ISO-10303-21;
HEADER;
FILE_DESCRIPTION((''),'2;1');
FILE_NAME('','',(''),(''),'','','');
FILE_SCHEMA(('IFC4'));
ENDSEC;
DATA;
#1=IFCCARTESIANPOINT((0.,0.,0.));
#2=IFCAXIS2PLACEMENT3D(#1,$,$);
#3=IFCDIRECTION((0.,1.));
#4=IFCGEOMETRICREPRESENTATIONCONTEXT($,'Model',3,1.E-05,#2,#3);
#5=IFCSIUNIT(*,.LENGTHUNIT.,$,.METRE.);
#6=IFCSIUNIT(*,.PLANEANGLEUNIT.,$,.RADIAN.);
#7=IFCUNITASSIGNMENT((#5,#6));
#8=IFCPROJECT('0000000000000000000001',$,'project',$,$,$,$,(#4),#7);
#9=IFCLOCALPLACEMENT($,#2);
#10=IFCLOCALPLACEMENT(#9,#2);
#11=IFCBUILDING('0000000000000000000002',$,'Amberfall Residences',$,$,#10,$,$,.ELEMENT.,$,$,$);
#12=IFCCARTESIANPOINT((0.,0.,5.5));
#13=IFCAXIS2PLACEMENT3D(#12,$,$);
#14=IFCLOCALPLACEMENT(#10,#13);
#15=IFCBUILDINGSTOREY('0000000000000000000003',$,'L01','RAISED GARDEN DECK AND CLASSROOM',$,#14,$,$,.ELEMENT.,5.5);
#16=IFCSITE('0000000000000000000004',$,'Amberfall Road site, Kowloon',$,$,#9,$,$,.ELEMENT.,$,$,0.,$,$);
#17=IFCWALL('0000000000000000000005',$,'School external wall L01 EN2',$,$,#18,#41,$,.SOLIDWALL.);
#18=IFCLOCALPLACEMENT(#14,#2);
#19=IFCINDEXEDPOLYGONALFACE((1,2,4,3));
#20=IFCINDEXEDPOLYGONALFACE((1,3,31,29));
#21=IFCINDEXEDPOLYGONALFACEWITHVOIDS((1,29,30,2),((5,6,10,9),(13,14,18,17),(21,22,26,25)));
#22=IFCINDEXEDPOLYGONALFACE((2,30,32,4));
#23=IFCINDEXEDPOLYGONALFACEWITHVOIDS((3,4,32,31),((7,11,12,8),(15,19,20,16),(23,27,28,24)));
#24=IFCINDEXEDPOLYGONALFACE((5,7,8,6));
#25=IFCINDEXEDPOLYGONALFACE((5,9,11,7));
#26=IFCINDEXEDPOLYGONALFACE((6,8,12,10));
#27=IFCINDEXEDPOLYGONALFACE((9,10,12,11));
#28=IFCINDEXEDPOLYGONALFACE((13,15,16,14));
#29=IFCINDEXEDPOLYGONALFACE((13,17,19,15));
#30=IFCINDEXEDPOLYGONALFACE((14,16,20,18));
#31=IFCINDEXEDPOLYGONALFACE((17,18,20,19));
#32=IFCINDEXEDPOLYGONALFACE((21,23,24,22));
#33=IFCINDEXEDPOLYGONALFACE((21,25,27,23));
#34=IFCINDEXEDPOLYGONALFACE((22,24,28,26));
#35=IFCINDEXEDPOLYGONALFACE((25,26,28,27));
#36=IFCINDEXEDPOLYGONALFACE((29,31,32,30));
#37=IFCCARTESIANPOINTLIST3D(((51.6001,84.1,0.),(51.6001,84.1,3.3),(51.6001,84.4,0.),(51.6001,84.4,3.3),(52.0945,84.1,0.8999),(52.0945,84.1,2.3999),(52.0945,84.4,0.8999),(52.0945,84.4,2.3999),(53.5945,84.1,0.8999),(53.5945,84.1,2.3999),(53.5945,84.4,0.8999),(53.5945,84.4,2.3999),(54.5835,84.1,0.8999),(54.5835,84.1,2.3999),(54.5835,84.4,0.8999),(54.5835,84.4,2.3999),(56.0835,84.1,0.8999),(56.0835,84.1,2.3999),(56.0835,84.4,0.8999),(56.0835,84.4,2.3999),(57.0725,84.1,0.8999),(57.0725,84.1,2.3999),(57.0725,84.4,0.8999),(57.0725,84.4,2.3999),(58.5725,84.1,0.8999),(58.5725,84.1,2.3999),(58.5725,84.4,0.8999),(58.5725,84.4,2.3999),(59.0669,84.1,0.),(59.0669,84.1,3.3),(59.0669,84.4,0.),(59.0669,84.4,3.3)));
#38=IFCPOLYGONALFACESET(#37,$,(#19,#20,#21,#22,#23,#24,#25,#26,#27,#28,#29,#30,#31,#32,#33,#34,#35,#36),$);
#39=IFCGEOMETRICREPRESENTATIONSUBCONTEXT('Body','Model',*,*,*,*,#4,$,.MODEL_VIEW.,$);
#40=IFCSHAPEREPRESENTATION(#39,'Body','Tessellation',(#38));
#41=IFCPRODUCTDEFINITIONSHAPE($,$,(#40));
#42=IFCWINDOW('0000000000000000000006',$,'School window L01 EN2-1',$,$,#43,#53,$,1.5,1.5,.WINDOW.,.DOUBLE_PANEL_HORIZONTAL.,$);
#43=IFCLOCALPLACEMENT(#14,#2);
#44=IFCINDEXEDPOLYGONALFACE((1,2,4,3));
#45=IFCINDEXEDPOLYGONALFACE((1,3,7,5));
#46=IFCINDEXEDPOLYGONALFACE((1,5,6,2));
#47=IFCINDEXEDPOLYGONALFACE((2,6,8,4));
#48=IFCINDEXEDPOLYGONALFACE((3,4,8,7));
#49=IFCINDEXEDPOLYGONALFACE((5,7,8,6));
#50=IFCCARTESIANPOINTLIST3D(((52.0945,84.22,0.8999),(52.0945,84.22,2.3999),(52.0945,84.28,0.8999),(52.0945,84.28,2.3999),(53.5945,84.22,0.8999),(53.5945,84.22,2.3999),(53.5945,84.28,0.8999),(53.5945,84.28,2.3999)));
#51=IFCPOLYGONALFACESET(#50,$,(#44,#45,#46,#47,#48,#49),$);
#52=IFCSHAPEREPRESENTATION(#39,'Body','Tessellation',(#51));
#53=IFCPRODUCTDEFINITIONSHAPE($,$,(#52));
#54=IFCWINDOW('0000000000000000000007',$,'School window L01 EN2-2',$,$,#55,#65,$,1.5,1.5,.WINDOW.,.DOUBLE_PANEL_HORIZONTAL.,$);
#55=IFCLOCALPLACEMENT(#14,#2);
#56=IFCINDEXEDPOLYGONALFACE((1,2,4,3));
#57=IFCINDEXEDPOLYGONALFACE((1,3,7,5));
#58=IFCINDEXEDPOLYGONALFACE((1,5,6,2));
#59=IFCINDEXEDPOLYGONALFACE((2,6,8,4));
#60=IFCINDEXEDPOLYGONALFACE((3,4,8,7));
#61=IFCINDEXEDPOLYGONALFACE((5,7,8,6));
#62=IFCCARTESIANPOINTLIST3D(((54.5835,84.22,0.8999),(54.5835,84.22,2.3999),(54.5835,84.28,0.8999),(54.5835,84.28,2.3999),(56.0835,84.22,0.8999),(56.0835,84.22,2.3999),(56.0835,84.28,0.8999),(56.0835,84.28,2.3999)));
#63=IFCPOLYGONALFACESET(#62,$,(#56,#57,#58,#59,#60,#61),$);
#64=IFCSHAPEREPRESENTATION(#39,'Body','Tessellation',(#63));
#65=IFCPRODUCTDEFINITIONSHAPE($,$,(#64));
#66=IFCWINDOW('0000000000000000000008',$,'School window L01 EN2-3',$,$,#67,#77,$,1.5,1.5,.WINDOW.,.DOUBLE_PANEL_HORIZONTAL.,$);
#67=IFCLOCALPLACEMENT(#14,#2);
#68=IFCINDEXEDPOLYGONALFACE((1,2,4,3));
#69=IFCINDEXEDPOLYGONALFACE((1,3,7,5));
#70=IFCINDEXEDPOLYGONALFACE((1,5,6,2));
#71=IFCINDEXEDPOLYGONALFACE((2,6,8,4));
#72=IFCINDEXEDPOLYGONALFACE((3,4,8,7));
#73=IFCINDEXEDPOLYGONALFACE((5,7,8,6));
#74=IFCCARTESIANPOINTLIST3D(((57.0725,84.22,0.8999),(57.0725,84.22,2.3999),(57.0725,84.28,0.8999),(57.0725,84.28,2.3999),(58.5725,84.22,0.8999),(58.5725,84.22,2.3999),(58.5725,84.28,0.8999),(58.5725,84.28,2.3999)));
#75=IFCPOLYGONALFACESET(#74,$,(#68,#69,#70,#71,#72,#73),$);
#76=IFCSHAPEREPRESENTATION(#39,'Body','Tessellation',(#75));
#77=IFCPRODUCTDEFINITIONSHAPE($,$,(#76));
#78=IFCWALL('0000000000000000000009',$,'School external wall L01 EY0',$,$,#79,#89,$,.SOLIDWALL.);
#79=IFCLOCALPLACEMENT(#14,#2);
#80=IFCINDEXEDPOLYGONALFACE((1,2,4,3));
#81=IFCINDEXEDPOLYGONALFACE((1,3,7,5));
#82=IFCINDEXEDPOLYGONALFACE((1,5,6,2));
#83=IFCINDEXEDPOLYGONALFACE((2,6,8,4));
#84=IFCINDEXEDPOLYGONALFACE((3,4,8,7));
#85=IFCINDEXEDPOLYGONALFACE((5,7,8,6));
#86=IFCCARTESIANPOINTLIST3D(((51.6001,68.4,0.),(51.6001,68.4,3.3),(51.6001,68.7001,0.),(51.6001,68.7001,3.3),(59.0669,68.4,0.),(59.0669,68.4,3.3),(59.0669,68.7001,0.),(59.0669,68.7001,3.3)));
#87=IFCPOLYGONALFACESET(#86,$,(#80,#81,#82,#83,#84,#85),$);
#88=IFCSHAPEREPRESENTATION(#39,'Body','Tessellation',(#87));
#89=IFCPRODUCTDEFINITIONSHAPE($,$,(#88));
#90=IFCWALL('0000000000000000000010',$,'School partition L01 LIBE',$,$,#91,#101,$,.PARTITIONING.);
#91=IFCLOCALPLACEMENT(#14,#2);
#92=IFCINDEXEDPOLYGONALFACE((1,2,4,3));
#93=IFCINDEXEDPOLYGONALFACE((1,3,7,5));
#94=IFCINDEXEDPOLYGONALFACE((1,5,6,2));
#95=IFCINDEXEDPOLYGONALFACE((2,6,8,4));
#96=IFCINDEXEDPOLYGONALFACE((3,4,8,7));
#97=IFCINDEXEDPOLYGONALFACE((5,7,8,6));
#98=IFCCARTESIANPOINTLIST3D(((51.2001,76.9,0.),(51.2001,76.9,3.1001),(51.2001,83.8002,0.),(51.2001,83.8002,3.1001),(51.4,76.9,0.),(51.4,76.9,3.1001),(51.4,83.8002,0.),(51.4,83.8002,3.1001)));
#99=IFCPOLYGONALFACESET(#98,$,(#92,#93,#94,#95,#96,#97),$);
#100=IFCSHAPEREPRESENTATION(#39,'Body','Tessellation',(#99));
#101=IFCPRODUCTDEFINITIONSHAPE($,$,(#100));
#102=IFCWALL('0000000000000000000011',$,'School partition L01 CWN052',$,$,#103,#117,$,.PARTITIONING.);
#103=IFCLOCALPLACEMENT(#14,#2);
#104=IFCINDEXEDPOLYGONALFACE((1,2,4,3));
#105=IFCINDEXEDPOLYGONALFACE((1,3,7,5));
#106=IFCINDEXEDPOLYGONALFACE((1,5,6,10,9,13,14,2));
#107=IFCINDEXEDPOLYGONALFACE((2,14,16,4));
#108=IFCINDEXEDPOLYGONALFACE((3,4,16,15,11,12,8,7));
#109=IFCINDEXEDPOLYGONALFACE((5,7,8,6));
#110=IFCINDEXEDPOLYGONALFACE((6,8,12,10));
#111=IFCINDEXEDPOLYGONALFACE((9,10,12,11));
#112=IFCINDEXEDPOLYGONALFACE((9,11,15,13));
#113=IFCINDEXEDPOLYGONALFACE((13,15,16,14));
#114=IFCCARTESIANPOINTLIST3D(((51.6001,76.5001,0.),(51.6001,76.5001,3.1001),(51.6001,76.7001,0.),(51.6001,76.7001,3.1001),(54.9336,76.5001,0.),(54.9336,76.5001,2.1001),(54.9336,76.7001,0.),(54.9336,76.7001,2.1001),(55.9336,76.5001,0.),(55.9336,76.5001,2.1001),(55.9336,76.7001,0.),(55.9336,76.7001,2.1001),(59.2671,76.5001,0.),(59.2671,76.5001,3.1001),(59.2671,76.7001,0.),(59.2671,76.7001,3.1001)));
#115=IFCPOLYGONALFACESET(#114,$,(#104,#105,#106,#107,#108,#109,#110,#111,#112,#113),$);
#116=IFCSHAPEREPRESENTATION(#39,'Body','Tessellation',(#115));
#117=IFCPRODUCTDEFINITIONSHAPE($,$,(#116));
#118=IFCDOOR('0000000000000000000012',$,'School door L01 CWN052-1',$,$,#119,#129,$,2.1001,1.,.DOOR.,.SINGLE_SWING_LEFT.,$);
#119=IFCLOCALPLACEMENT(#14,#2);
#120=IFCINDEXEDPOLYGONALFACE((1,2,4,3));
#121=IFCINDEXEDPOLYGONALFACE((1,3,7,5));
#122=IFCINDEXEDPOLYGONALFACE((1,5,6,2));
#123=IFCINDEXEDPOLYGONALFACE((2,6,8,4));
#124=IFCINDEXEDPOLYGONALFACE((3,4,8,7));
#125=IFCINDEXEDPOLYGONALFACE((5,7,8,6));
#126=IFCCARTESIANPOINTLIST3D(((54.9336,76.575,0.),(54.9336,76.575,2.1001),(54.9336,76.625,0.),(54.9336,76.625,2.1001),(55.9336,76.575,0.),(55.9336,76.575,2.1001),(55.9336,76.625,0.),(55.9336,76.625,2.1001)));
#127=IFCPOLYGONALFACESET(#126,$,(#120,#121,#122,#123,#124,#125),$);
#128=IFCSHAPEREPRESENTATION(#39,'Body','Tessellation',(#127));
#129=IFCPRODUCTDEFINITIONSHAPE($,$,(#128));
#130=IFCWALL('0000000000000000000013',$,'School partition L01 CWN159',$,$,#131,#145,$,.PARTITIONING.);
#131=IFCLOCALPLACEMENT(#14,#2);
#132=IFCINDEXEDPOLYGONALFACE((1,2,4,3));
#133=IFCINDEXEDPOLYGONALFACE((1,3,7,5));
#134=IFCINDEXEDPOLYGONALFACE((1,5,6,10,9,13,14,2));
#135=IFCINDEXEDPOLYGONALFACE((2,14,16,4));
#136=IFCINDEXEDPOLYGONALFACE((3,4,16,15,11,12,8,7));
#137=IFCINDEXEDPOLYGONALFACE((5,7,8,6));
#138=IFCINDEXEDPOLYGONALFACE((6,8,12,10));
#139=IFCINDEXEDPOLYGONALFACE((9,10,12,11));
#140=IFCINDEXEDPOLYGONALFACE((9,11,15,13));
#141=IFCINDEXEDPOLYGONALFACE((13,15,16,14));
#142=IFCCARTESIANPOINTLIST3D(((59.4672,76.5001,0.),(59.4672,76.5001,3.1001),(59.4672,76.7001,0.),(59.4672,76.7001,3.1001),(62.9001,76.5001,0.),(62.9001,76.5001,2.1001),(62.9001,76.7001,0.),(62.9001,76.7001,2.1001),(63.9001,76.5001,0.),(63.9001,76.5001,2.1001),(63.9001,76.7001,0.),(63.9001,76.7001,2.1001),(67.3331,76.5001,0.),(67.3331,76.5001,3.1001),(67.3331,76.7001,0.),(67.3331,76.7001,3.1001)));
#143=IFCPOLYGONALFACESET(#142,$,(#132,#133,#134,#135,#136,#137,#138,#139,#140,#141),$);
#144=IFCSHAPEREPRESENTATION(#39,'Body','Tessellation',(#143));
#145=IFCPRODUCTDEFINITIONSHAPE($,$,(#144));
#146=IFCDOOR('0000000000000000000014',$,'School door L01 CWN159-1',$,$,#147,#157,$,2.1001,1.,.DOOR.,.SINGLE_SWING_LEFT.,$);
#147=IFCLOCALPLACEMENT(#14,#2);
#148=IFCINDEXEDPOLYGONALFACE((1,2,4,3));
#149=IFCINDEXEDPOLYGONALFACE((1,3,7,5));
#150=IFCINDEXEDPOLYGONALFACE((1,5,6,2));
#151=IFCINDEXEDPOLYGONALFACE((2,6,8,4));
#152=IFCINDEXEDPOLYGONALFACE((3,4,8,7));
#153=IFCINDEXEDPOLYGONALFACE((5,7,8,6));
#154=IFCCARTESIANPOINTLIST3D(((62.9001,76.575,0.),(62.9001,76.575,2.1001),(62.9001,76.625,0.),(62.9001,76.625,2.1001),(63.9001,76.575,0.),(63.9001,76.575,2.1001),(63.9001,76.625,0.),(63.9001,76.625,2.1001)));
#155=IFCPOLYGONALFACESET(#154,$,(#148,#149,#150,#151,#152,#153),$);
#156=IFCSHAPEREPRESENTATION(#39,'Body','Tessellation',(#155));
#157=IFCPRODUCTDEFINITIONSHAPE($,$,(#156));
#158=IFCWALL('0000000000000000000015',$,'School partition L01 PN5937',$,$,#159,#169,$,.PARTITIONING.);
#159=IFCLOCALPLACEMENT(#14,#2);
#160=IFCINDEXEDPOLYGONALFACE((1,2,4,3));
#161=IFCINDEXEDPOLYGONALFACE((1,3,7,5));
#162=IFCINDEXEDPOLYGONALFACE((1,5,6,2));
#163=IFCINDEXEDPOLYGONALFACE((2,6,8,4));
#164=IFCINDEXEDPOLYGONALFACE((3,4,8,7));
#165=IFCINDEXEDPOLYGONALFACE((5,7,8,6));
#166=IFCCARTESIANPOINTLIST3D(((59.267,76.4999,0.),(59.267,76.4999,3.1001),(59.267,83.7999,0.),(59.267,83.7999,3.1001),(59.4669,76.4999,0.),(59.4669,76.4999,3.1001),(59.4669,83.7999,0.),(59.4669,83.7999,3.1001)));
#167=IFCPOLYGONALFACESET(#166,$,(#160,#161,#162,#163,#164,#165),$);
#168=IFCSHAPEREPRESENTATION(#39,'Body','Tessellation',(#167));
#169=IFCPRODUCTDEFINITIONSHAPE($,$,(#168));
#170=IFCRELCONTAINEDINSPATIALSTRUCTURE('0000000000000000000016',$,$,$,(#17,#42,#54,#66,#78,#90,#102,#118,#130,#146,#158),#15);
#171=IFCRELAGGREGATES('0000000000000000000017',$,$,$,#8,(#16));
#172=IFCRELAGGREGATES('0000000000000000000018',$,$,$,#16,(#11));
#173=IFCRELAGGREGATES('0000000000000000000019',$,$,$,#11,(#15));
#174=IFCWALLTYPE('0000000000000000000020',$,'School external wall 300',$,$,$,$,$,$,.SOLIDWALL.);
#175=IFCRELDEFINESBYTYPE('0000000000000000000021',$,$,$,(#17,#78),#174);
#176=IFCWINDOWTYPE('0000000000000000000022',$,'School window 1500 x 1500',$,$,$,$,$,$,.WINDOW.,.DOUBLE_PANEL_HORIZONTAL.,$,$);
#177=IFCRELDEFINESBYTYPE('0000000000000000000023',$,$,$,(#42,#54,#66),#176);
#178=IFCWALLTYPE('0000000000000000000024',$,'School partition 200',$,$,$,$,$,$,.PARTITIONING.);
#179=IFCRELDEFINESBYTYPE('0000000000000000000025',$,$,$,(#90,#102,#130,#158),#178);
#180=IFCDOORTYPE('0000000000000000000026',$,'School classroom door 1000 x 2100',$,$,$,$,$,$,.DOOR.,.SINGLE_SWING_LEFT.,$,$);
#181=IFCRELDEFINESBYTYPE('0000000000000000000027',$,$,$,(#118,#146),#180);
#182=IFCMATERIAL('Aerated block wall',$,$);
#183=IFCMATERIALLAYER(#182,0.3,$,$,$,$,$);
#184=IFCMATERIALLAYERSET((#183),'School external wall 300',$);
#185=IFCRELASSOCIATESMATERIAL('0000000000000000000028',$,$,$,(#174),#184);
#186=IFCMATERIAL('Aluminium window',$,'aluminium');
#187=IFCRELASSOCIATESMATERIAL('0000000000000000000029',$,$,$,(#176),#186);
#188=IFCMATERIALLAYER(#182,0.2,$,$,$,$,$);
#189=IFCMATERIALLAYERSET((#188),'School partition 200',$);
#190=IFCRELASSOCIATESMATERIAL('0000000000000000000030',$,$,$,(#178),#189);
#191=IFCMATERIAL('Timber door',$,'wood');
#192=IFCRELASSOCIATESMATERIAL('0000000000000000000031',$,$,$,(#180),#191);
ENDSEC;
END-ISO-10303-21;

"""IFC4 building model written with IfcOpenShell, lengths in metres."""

from ifc_helpers import new_model, si_unit, direction, frame, frame_2d, origin, place, context, subcontext, project, spatial, rectangle, extrude, material, layer, layer_set, type_object, element, fill, save


model = new_model("IFC4")

# Units and contexts
model_context = context("Model", 3, precision=1e-05, world=origin(), true_north=direction((0.0, 1.0)))
body_context = subcontext(model_context, "Body", "Model", "MODEL_VIEW")
ifc_project = project(units=[si_unit("LENGTHUNIT", "METRE"), si_unit("PLANEANGLEUNIT", "RADIAN")], contexts=[model_context])

# Site, building, storey
site_placement = place(None, origin())
site = spatial("IfcSite", under=ifc_project, at=site_placement, Name="Amberfall Road site, Kowloon", CompositionType="ELEMENT", RefElevation=0.0)
building_placement = place(site_placement, origin())
building = spatial("IfcBuilding", under=site, at=building_placement, Name="Amberfall Residences", CompositionType="ELEMENT")
storey_placement = place(building_placement, frame((0.0, 0.0, 5.5)))
storey = spatial("IfcBuildingStorey", under=building, at=storey_placement, Name="L01", Description="RAISED GARDEN DECK AND CLASSROOM", CompositionType="ELEMENT", Elevation=5.5)

# Wall, openings, windows
ifc_material_1 = material(Name="Aerated block wall")
ifc_layer_1 = layer(ifc_material_1, 0.3)
ifc_layer_set_1 = layer_set([ifc_layer_1], Name="School external wall 300")
wall_type_1 = type_object("IfcWallType", Name="School external wall 300", PredefinedType="SOLIDWALL", material=ifc_layer_set_1)
wall_1_placement = place(storey_placement, frame((51.6001, 84.25, 0.0), z_axis=(0.0, 0.0, 1.0), x_axis=(1.0, 0.0, 0.0)))
wall_1 = element("IfcWall", 1, at=wall_1_placement, inside=storey, type_object=wall_type_1, Name="School external wall L01 EN2", PredefinedType="SOLIDWALL", context=body_context, shape_type="SweptSolid", body=[
    extrude(rectangle(XDim=7.4668, YDim=0.3, at=frame_2d((3.7334, 0.0))), origin(), (0.0, 0.0, 1.0), 3.3),
])
opening_1_placement = place(wall_1_placement, frame((0.4944, 0.0, 0.8999)))
opening_1 = element("IfcOpeningElement", 2, at=opening_1_placement, cuts=wall_1, PredefinedType="OPENING", context=body_context, shape_type="SweptSolid", body=[
    extrude(rectangle(XDim=1.5, YDim=1.5, at=frame_2d((0.75, 0.75))), frame((0.0, 0.1599, 0.0), z_axis=(0.0, -1.0, 0.0), x_axis=(1.0, 0.0, 0.0)), (0.0, 0.0, 1.0), 0.3201),
])
opening_2_placement = place(wall_1_placement, frame((2.9834, 0.0, 0.8999)))
opening_2 = element("IfcOpeningElement", 3, at=opening_2_placement, cuts=wall_1, PredefinedType="OPENING", context=body_context, shape_type="SweptSolid", body=[
    extrude(rectangle(XDim=1.5, YDim=1.5, at=frame_2d((0.75, 0.75))), frame((0.0, 0.1599, 0.0), z_axis=(0.0, -1.0, 0.0), x_axis=(1.0, 0.0, 0.0)), (0.0, 0.0, 1.0), 0.3201),
])
opening_3_placement = place(wall_1_placement, frame((5.4724, 0.0, 0.8999)))
opening_3 = element("IfcOpeningElement", 4, at=opening_3_placement, cuts=wall_1, PredefinedType="OPENING", context=body_context, shape_type="SweptSolid", body=[
    extrude(rectangle(XDim=1.5, YDim=1.5, at=frame_2d((0.75, 0.75))), frame((0.0, 0.1599, 0.0), z_axis=(0.0, -1.0, 0.0), x_axis=(1.0, 0.0, 0.0)), (0.0, 0.0, 1.0), 0.3201),
])
ifc_material_2 = material(Name="Aluminium window", Category="aluminium")
window_type = type_object("IfcWindowType", Name="School window 1500 x 1500", PartitioningType="DOUBLE_PANEL_HORIZONTAL", PredefinedType="WINDOW", material=ifc_material_2)
window_1_placement = place(opening_1_placement, origin())
window_1 = element("IfcWindow", 5, at=window_1_placement, inside=storey, type_object=window_type, Name="School window L01 EN2-1", OverallHeight=1.5, OverallWidth=1.5, PartitioningType="DOUBLE_PANEL_HORIZONTAL", PredefinedType="WINDOW", context=body_context, shape_type="SweptSolid", body=[
    extrude(rectangle(XDim=1.5, YDim=1.5, at=frame_2d((0.75, 0.75))), frame((0.0, 0.03, 0.0), z_axis=(0.0, -1.0, 0.0), x_axis=(1.0, 0.0, 0.0)), (0.0, 0.0, 1.0), 0.0601),
])
fill(opening_1, window_1)
window_2_placement = place(opening_2_placement, origin())
window_2 = element("IfcWindow", 6, at=window_2_placement, inside=storey, type_object=window_type, Name="School window L01 EN2-2", OverallHeight=1.5, OverallWidth=1.5, PartitioningType="DOUBLE_PANEL_HORIZONTAL", PredefinedType="WINDOW", context=body_context, shape_type="SweptSolid", body=[
    extrude(rectangle(XDim=1.5, YDim=1.5, at=frame_2d((0.75, 0.75))), frame((0.0, 0.03, 0.0), z_axis=(0.0, -1.0, 0.0), x_axis=(1.0, 0.0, 0.0)), (0.0, 0.0, 1.0), 0.0601),
])
fill(opening_2, window_2)
window_3_placement = place(opening_3_placement, origin())
window_3 = element("IfcWindow", 7, at=window_3_placement, inside=storey, type_object=window_type, Name="School window L01 EN2-3", OverallHeight=1.5, OverallWidth=1.5, PartitioningType="DOUBLE_PANEL_HORIZONTAL", PredefinedType="WINDOW", context=body_context, shape_type="SweptSolid", body=[
    extrude(rectangle(XDim=1.5, YDim=1.5, at=frame_2d((0.75, 0.75))), frame((0.0, 0.03, 0.0), z_axis=(0.0, -1.0, 0.0), x_axis=(1.0, 0.0, 0.0)), (0.0, 0.0, 1.0), 0.0601),
])
fill(opening_3, window_3)

# Walls
wall_2_placement = place(storey_placement, frame((51.6001, 68.55, 0.0), z_axis=(0.0, 0.0, 1.0), x_axis=(1.0, 0.0, 0.0)))
element("IfcWall", 8, at=wall_2_placement, inside=storey, type_object=wall_type_1, Name="School external wall L01 EY0", PredefinedType="SOLIDWALL", context=body_context, shape_type="SweptSolid", body=[
    extrude(rectangle(XDim=7.4668, YDim=0.3, at=frame_2d((3.7334, 0.0))), origin(), (0.0, 0.0, 1.0), 3.3),
])
ifc_layer_2 = layer(ifc_material_1, 0.2)
ifc_layer_set_2 = layer_set([ifc_layer_2], Name="School partition 200")
wall_type_2 = type_object("IfcWallType", Name="School partition 200", PredefinedType="PARTITIONING", material=ifc_layer_set_2)
wall_3_placement = place(storey_placement, frame((51.3, 76.8999, 0.0), z_axis=(0.0, 0.0, 1.0), x_axis=(0.0, 1.0, 0.0)))
element("IfcWall", 9, at=wall_3_placement, inside=storey, type_object=wall_type_2, Name="School partition L01 LIBE", PredefinedType="PARTITIONING", context=body_context, shape_type="SweptSolid", body=[
    extrude(rectangle(XDim=6.9001, YDim=0.2, at=frame_2d((3.4502, 0.0))), origin(), (0.0, 0.0, 1.0), 3.1001),
])

# Walls, openings, doors
wall_4_placement = place(storey_placement, frame((51.6001, 76.6001, 0.0), z_axis=(0.0, 0.0, 1.0), x_axis=(1.0, 0.0, 0.0)))
wall_4 = element("IfcWall", 10, at=wall_4_placement, inside=storey, type_object=wall_type_2, Name="School partition L01 CWN052", PredefinedType="PARTITIONING", context=body_context, shape_type="SweptSolid", body=[
    extrude(rectangle(XDim=7.667, YDim=0.2, at=frame_2d((3.8335, 0.0))), origin(), (0.0, 0.0, 1.0), 3.1001),
])
opening_4_placement = place(wall_4_placement, frame((3.3335, 0.0, 0.0)))
opening_4 = element("IfcOpeningElement", 11, at=opening_4_placement, cuts=wall_4, PredefinedType="OPENING", context=body_context, shape_type="SweptSolid", body=[
    extrude(rectangle(XDim=1.0, YDim=2.1001, at=frame_2d((0.5, 1.05))), frame((0.0, 0.1099, 0.0), z_axis=(0.0, -1.0, 0.0), x_axis=(1.0, 0.0, 0.0)), (0.0, 0.0, 1.0), 0.22),
])
ifc_material_3 = material(Name="Timber door", Category="wood")
door_type_1 = type_object("IfcDoorType", Name="School classroom door 1000 x 2100", OperationType="SINGLE_SWING_LEFT", PredefinedType="DOOR", material=ifc_material_3)
door_1_placement = place(opening_4_placement, origin())
door_1 = element("IfcDoor", 12, at=door_1_placement, inside=storey, type_object=door_type_1, Name="School door L01 CWN052-1", OperationType="SINGLE_SWING_LEFT", OverallHeight=2.1001, OverallWidth=1.0, PredefinedType="DOOR", context=body_context, shape_type="SweptSolid", body=[
    extrude(rectangle(XDim=1.0, YDim=2.1001, at=frame_2d((0.5, 1.05))), frame((0.0, 0.0249, 0.0), z_axis=(0.0, -1.0, 0.0), x_axis=(1.0, 0.0, 0.0)), (0.0, 0.0, 1.0), 0.05),
])
fill(opening_4, door_1)
wall_5_placement = place(storey_placement, frame((59.467, 76.6001, 0.0), z_axis=(0.0, 0.0, 1.0), x_axis=(1.0, 0.0, 0.0)))
wall_5 = element("IfcWall", 13, at=wall_5_placement, inside=storey, type_object=wall_type_2, Name="School partition L01 CWN159", PredefinedType="PARTITIONING", context=body_context, shape_type="SweptSolid", body=[
    extrude(rectangle(XDim=7.866, YDim=0.2, at=frame_2d((3.9331, 0.0))), origin(), (0.0, 0.0, 1.0), 3.1001),
])
opening_5_placement = place(wall_5_placement, frame((3.4331, 0.0, 0.0)))
opening_5 = element("IfcOpeningElement", 14, at=opening_5_placement, cuts=wall_5, PredefinedType="OPENING", context=body_context, shape_type="SweptSolid", body=[
    extrude(rectangle(XDim=1.0, YDim=2.1001, at=frame_2d((0.5, 1.05))), frame((0.0, 0.1099, 0.0), z_axis=(0.0, -1.0, 0.0), x_axis=(1.0, 0.0, 0.0)), (0.0, 0.0, 1.0), 0.22),
])
door_2_placement = place(opening_5_placement, origin())
door_2 = element("IfcDoor", 15, at=door_2_placement, inside=storey, type_object=door_type_1, Name="School door L01 CWN159-1", OperationType="SINGLE_SWING_LEFT", OverallHeight=2.1001, OverallWidth=1.0, PredefinedType="DOOR", context=body_context, shape_type="SweptSolid", body=[
    extrude(rectangle(XDim=1.0, YDim=2.1001, at=frame_2d((0.5, 1.05))), frame((0.0, 0.0249, 0.0), z_axis=(0.0, -1.0, 0.0), x_axis=(1.0, 0.0, 0.0)), (0.0, 0.0, 1.0), 0.05),
])
fill(opening_5, door_2)

# Wall
wall_6_placement = place(storey_placement, frame((59.3669, 76.5, 0.0), z_axis=(0.0, 0.0, 1.0), x_axis=(0.0, 1.0, 0.0)))
element("IfcWall", 16, at=wall_6_placement, inside=storey, type_object=wall_type_2, Name="School partition L01 PN5937", PredefinedType="PARTITIONING", context=body_context, shape_type="SweptSolid", body=[
    extrude(rectangle(XDim=7.3, YDim=0.2, at=frame_2d((3.6499, 0.0))), origin(), (0.0, 0.0, 1.0), 3.1001),
])

save(model, "model.ifc")
